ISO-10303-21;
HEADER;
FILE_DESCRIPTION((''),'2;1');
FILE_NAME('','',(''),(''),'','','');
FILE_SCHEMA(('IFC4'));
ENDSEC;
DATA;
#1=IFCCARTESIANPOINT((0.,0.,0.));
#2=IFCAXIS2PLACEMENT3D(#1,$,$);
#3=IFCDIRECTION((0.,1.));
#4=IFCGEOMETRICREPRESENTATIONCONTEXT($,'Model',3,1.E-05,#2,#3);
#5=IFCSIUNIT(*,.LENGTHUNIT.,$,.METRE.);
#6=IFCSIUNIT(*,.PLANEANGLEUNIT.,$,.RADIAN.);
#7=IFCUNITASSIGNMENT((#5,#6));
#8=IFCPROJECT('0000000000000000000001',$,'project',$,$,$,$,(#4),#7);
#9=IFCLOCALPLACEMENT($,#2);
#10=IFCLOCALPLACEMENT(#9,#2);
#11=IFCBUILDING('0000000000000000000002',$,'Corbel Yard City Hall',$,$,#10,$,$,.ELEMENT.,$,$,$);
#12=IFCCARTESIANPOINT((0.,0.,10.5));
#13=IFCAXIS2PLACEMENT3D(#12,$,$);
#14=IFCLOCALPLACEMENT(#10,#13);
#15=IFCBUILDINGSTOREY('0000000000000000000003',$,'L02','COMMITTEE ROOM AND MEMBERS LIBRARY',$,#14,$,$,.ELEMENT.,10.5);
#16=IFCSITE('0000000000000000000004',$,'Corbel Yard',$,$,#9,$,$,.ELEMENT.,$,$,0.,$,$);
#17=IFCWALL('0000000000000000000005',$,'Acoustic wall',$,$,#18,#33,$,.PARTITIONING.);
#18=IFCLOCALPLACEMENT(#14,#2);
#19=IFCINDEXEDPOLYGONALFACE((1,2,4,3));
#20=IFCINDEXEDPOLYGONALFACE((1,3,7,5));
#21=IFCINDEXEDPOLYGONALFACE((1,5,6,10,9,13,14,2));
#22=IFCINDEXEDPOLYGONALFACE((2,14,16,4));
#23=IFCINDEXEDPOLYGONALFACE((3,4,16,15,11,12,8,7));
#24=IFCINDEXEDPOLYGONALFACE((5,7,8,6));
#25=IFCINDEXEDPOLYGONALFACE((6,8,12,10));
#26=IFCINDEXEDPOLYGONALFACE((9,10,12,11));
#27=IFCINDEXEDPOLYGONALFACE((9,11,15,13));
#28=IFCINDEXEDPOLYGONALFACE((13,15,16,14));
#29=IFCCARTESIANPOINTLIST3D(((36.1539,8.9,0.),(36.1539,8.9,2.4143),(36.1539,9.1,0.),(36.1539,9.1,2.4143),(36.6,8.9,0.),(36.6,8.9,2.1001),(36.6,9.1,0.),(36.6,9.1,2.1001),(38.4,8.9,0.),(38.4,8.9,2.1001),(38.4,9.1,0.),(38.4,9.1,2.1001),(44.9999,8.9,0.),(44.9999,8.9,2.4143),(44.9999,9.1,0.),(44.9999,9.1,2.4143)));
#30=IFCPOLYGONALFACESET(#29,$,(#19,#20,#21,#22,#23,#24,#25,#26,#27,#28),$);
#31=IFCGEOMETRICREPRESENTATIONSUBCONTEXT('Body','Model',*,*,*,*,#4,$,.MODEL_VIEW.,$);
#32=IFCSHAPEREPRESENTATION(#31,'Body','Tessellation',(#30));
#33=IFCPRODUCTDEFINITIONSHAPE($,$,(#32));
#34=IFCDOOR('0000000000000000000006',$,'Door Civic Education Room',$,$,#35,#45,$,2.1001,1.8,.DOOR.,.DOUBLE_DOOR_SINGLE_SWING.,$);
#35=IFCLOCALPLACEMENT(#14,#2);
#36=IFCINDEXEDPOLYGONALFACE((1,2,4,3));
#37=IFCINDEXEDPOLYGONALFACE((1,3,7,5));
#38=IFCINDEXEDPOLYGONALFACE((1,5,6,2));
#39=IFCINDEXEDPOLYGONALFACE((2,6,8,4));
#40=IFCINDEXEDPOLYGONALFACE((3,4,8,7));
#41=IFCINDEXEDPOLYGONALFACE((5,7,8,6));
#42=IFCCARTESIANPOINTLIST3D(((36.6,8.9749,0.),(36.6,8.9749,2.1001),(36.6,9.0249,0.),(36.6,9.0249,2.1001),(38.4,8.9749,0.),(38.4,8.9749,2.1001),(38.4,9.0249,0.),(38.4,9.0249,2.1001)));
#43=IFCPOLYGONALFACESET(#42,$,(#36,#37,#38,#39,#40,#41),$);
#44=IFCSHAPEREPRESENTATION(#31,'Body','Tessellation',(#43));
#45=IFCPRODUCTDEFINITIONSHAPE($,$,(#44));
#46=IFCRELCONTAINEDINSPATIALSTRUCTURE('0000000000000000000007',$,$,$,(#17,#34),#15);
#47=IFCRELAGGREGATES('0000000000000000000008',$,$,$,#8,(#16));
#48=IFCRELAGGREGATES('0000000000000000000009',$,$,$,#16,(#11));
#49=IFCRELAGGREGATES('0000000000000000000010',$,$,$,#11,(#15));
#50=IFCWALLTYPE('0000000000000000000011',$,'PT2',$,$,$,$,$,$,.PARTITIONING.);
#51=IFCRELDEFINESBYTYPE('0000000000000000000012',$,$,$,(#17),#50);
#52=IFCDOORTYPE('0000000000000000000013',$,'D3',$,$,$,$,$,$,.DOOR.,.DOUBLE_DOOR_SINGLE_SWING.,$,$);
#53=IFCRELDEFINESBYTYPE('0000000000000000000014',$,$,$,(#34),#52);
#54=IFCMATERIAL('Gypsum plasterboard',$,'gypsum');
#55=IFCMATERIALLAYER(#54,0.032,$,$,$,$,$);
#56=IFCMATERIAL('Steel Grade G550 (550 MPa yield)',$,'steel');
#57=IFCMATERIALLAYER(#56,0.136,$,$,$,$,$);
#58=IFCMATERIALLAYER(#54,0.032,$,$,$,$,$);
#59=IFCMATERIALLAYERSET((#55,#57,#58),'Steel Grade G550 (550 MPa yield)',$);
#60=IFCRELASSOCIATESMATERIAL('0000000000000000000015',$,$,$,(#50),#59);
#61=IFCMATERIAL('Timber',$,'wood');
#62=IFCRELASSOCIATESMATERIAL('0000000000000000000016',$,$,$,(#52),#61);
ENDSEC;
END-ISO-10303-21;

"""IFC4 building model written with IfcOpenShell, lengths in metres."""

from ifc_helpers import new_model, si_unit, direction, frame, frame_2d, origin, place, context, subcontext, project, spatial, rectangle, extrude, material, layer, layer_set, type_object, element, fill, save


model = new_model("IFC4")

# Units and contexts
model_context = context("Model", 3, precision=1e-05, world=origin(), true_north=direction((0.0, 1.0)))
body_context = subcontext(model_context, "Body", "Model", "MODEL_VIEW")
ifc_project = project(units=[si_unit("LENGTHUNIT", "METRE"), si_unit("PLANEANGLEUNIT", "RADIAN")], contexts=[model_context])

# Site, building, storey
site_placement = place(None, origin())
site = spatial("IfcSite", under=ifc_project, at=site_placement, Name="Corbel Yard", CompositionType="ELEMENT", RefElevation=0.0)
building_placement = place(site_placement, origin())
building = spatial("IfcBuilding", under=site, at=building_placement, Name="Corbel Yard City Hall", CompositionType="ELEMENT")
storey_placement = place(building_placement, frame((0.0, 0.0, 10.5)))
storey = spatial("IfcBuildingStorey", under=building, at=storey_placement, Name="L02", Description="COMMITTEE ROOM AND MEMBERS LIBRARY", CompositionType="ELEMENT", Elevation=10.5)

# Shared definitions
ifc_material_1 = material(Name="Gypsum plasterboard", Category="gypsum")

# Wall, opening, door
ifc_layer_1 = layer(ifc_material_1, 0.032)
ifc_material_2 = material(Name="Steel Grade G550 (550 MPa yield)", Category="steel")
ifc_layer_2 = layer(ifc_material_2, 0.136)
ifc_layer_3 = layer(ifc_material_1, 0.032)
ifc_layer_set_1 = layer_set([ifc_layer_1, ifc_layer_2, ifc_layer_3], Name="Steel Grade G550 (550 MPa yield)")
wall_type_1 = type_object("IfcWallType", Name="PT2", PredefinedType="PARTITIONING", material=ifc_layer_set_1)
wall_1_placement = place(storey_placement, frame((36.1541, 9.0, 0.0), z_axis=(0.0, 0.0, 1.0), x_axis=(1.0, 0.0, 0.0)))
wall_1 = element("IfcWall", 1, at=wall_1_placement, inside=storey, type_object=wall_type_1, Name="Acoustic wall", PredefinedType="PARTITIONING", context=body_context, shape_type="SweptSolid", body=[
    extrude(rectangle(XDim=8.8459, YDim=0.2, at=frame_2d((4.4229, 0.0))), origin(), (0.0, 0.0, 1.0), 2.4143),
])
opening_1_placement = place(wall_1_placement, frame((0.446, 0.0, 0.0)))
opening_1 = element("IfcOpeningElement", 2, at=opening_1_placement, cuts=wall_1, PredefinedType="OPENING", context=body_context, shape_type="SweptSolid", body=[
    extrude(rectangle(XDim=1.8, YDim=2.1001, at=frame_2d((0.8999, 1.05))), frame((0.0, 0.1099, 0.0), z_axis=(0.0, -1.0, 0.0), x_axis=(1.0, 0.0, 0.0)), (0.0, 0.0, 1.0), 0.22),
])
ifc_material_3 = material(Name="Timber", Category="wood")
door_type = type_object("IfcDoorType", Name="D3", OperationType="DOUBLE_DOOR_SINGLE_SWING", PredefinedType="DOOR", material=ifc_material_3)
door_placement = place(opening_1_placement, origin())
door = element("IfcDoor", 3, at=door_placement, inside=storey, type_object=door_type, Name="Door Civic Education Room", OperationType="DOUBLE_DOOR_SINGLE_SWING", OverallHeight=2.1001, OverallWidth=1.8, PredefinedType="DOOR", context=body_context, shape_type="SweptSolid", body=[
    extrude(rectangle(XDim=1.8, YDim=2.1001, at=frame_2d((0.8999, 1.05))), frame((0.0, 0.0249, 0.0), z_axis=(0.0, -1.0, 0.0), x_axis=(1.0, 0.0, 0.0)), (0.0, 0.0, 1.0), 0.05),
])
fill(opening_1, door)

save(model, "model.ifc")
